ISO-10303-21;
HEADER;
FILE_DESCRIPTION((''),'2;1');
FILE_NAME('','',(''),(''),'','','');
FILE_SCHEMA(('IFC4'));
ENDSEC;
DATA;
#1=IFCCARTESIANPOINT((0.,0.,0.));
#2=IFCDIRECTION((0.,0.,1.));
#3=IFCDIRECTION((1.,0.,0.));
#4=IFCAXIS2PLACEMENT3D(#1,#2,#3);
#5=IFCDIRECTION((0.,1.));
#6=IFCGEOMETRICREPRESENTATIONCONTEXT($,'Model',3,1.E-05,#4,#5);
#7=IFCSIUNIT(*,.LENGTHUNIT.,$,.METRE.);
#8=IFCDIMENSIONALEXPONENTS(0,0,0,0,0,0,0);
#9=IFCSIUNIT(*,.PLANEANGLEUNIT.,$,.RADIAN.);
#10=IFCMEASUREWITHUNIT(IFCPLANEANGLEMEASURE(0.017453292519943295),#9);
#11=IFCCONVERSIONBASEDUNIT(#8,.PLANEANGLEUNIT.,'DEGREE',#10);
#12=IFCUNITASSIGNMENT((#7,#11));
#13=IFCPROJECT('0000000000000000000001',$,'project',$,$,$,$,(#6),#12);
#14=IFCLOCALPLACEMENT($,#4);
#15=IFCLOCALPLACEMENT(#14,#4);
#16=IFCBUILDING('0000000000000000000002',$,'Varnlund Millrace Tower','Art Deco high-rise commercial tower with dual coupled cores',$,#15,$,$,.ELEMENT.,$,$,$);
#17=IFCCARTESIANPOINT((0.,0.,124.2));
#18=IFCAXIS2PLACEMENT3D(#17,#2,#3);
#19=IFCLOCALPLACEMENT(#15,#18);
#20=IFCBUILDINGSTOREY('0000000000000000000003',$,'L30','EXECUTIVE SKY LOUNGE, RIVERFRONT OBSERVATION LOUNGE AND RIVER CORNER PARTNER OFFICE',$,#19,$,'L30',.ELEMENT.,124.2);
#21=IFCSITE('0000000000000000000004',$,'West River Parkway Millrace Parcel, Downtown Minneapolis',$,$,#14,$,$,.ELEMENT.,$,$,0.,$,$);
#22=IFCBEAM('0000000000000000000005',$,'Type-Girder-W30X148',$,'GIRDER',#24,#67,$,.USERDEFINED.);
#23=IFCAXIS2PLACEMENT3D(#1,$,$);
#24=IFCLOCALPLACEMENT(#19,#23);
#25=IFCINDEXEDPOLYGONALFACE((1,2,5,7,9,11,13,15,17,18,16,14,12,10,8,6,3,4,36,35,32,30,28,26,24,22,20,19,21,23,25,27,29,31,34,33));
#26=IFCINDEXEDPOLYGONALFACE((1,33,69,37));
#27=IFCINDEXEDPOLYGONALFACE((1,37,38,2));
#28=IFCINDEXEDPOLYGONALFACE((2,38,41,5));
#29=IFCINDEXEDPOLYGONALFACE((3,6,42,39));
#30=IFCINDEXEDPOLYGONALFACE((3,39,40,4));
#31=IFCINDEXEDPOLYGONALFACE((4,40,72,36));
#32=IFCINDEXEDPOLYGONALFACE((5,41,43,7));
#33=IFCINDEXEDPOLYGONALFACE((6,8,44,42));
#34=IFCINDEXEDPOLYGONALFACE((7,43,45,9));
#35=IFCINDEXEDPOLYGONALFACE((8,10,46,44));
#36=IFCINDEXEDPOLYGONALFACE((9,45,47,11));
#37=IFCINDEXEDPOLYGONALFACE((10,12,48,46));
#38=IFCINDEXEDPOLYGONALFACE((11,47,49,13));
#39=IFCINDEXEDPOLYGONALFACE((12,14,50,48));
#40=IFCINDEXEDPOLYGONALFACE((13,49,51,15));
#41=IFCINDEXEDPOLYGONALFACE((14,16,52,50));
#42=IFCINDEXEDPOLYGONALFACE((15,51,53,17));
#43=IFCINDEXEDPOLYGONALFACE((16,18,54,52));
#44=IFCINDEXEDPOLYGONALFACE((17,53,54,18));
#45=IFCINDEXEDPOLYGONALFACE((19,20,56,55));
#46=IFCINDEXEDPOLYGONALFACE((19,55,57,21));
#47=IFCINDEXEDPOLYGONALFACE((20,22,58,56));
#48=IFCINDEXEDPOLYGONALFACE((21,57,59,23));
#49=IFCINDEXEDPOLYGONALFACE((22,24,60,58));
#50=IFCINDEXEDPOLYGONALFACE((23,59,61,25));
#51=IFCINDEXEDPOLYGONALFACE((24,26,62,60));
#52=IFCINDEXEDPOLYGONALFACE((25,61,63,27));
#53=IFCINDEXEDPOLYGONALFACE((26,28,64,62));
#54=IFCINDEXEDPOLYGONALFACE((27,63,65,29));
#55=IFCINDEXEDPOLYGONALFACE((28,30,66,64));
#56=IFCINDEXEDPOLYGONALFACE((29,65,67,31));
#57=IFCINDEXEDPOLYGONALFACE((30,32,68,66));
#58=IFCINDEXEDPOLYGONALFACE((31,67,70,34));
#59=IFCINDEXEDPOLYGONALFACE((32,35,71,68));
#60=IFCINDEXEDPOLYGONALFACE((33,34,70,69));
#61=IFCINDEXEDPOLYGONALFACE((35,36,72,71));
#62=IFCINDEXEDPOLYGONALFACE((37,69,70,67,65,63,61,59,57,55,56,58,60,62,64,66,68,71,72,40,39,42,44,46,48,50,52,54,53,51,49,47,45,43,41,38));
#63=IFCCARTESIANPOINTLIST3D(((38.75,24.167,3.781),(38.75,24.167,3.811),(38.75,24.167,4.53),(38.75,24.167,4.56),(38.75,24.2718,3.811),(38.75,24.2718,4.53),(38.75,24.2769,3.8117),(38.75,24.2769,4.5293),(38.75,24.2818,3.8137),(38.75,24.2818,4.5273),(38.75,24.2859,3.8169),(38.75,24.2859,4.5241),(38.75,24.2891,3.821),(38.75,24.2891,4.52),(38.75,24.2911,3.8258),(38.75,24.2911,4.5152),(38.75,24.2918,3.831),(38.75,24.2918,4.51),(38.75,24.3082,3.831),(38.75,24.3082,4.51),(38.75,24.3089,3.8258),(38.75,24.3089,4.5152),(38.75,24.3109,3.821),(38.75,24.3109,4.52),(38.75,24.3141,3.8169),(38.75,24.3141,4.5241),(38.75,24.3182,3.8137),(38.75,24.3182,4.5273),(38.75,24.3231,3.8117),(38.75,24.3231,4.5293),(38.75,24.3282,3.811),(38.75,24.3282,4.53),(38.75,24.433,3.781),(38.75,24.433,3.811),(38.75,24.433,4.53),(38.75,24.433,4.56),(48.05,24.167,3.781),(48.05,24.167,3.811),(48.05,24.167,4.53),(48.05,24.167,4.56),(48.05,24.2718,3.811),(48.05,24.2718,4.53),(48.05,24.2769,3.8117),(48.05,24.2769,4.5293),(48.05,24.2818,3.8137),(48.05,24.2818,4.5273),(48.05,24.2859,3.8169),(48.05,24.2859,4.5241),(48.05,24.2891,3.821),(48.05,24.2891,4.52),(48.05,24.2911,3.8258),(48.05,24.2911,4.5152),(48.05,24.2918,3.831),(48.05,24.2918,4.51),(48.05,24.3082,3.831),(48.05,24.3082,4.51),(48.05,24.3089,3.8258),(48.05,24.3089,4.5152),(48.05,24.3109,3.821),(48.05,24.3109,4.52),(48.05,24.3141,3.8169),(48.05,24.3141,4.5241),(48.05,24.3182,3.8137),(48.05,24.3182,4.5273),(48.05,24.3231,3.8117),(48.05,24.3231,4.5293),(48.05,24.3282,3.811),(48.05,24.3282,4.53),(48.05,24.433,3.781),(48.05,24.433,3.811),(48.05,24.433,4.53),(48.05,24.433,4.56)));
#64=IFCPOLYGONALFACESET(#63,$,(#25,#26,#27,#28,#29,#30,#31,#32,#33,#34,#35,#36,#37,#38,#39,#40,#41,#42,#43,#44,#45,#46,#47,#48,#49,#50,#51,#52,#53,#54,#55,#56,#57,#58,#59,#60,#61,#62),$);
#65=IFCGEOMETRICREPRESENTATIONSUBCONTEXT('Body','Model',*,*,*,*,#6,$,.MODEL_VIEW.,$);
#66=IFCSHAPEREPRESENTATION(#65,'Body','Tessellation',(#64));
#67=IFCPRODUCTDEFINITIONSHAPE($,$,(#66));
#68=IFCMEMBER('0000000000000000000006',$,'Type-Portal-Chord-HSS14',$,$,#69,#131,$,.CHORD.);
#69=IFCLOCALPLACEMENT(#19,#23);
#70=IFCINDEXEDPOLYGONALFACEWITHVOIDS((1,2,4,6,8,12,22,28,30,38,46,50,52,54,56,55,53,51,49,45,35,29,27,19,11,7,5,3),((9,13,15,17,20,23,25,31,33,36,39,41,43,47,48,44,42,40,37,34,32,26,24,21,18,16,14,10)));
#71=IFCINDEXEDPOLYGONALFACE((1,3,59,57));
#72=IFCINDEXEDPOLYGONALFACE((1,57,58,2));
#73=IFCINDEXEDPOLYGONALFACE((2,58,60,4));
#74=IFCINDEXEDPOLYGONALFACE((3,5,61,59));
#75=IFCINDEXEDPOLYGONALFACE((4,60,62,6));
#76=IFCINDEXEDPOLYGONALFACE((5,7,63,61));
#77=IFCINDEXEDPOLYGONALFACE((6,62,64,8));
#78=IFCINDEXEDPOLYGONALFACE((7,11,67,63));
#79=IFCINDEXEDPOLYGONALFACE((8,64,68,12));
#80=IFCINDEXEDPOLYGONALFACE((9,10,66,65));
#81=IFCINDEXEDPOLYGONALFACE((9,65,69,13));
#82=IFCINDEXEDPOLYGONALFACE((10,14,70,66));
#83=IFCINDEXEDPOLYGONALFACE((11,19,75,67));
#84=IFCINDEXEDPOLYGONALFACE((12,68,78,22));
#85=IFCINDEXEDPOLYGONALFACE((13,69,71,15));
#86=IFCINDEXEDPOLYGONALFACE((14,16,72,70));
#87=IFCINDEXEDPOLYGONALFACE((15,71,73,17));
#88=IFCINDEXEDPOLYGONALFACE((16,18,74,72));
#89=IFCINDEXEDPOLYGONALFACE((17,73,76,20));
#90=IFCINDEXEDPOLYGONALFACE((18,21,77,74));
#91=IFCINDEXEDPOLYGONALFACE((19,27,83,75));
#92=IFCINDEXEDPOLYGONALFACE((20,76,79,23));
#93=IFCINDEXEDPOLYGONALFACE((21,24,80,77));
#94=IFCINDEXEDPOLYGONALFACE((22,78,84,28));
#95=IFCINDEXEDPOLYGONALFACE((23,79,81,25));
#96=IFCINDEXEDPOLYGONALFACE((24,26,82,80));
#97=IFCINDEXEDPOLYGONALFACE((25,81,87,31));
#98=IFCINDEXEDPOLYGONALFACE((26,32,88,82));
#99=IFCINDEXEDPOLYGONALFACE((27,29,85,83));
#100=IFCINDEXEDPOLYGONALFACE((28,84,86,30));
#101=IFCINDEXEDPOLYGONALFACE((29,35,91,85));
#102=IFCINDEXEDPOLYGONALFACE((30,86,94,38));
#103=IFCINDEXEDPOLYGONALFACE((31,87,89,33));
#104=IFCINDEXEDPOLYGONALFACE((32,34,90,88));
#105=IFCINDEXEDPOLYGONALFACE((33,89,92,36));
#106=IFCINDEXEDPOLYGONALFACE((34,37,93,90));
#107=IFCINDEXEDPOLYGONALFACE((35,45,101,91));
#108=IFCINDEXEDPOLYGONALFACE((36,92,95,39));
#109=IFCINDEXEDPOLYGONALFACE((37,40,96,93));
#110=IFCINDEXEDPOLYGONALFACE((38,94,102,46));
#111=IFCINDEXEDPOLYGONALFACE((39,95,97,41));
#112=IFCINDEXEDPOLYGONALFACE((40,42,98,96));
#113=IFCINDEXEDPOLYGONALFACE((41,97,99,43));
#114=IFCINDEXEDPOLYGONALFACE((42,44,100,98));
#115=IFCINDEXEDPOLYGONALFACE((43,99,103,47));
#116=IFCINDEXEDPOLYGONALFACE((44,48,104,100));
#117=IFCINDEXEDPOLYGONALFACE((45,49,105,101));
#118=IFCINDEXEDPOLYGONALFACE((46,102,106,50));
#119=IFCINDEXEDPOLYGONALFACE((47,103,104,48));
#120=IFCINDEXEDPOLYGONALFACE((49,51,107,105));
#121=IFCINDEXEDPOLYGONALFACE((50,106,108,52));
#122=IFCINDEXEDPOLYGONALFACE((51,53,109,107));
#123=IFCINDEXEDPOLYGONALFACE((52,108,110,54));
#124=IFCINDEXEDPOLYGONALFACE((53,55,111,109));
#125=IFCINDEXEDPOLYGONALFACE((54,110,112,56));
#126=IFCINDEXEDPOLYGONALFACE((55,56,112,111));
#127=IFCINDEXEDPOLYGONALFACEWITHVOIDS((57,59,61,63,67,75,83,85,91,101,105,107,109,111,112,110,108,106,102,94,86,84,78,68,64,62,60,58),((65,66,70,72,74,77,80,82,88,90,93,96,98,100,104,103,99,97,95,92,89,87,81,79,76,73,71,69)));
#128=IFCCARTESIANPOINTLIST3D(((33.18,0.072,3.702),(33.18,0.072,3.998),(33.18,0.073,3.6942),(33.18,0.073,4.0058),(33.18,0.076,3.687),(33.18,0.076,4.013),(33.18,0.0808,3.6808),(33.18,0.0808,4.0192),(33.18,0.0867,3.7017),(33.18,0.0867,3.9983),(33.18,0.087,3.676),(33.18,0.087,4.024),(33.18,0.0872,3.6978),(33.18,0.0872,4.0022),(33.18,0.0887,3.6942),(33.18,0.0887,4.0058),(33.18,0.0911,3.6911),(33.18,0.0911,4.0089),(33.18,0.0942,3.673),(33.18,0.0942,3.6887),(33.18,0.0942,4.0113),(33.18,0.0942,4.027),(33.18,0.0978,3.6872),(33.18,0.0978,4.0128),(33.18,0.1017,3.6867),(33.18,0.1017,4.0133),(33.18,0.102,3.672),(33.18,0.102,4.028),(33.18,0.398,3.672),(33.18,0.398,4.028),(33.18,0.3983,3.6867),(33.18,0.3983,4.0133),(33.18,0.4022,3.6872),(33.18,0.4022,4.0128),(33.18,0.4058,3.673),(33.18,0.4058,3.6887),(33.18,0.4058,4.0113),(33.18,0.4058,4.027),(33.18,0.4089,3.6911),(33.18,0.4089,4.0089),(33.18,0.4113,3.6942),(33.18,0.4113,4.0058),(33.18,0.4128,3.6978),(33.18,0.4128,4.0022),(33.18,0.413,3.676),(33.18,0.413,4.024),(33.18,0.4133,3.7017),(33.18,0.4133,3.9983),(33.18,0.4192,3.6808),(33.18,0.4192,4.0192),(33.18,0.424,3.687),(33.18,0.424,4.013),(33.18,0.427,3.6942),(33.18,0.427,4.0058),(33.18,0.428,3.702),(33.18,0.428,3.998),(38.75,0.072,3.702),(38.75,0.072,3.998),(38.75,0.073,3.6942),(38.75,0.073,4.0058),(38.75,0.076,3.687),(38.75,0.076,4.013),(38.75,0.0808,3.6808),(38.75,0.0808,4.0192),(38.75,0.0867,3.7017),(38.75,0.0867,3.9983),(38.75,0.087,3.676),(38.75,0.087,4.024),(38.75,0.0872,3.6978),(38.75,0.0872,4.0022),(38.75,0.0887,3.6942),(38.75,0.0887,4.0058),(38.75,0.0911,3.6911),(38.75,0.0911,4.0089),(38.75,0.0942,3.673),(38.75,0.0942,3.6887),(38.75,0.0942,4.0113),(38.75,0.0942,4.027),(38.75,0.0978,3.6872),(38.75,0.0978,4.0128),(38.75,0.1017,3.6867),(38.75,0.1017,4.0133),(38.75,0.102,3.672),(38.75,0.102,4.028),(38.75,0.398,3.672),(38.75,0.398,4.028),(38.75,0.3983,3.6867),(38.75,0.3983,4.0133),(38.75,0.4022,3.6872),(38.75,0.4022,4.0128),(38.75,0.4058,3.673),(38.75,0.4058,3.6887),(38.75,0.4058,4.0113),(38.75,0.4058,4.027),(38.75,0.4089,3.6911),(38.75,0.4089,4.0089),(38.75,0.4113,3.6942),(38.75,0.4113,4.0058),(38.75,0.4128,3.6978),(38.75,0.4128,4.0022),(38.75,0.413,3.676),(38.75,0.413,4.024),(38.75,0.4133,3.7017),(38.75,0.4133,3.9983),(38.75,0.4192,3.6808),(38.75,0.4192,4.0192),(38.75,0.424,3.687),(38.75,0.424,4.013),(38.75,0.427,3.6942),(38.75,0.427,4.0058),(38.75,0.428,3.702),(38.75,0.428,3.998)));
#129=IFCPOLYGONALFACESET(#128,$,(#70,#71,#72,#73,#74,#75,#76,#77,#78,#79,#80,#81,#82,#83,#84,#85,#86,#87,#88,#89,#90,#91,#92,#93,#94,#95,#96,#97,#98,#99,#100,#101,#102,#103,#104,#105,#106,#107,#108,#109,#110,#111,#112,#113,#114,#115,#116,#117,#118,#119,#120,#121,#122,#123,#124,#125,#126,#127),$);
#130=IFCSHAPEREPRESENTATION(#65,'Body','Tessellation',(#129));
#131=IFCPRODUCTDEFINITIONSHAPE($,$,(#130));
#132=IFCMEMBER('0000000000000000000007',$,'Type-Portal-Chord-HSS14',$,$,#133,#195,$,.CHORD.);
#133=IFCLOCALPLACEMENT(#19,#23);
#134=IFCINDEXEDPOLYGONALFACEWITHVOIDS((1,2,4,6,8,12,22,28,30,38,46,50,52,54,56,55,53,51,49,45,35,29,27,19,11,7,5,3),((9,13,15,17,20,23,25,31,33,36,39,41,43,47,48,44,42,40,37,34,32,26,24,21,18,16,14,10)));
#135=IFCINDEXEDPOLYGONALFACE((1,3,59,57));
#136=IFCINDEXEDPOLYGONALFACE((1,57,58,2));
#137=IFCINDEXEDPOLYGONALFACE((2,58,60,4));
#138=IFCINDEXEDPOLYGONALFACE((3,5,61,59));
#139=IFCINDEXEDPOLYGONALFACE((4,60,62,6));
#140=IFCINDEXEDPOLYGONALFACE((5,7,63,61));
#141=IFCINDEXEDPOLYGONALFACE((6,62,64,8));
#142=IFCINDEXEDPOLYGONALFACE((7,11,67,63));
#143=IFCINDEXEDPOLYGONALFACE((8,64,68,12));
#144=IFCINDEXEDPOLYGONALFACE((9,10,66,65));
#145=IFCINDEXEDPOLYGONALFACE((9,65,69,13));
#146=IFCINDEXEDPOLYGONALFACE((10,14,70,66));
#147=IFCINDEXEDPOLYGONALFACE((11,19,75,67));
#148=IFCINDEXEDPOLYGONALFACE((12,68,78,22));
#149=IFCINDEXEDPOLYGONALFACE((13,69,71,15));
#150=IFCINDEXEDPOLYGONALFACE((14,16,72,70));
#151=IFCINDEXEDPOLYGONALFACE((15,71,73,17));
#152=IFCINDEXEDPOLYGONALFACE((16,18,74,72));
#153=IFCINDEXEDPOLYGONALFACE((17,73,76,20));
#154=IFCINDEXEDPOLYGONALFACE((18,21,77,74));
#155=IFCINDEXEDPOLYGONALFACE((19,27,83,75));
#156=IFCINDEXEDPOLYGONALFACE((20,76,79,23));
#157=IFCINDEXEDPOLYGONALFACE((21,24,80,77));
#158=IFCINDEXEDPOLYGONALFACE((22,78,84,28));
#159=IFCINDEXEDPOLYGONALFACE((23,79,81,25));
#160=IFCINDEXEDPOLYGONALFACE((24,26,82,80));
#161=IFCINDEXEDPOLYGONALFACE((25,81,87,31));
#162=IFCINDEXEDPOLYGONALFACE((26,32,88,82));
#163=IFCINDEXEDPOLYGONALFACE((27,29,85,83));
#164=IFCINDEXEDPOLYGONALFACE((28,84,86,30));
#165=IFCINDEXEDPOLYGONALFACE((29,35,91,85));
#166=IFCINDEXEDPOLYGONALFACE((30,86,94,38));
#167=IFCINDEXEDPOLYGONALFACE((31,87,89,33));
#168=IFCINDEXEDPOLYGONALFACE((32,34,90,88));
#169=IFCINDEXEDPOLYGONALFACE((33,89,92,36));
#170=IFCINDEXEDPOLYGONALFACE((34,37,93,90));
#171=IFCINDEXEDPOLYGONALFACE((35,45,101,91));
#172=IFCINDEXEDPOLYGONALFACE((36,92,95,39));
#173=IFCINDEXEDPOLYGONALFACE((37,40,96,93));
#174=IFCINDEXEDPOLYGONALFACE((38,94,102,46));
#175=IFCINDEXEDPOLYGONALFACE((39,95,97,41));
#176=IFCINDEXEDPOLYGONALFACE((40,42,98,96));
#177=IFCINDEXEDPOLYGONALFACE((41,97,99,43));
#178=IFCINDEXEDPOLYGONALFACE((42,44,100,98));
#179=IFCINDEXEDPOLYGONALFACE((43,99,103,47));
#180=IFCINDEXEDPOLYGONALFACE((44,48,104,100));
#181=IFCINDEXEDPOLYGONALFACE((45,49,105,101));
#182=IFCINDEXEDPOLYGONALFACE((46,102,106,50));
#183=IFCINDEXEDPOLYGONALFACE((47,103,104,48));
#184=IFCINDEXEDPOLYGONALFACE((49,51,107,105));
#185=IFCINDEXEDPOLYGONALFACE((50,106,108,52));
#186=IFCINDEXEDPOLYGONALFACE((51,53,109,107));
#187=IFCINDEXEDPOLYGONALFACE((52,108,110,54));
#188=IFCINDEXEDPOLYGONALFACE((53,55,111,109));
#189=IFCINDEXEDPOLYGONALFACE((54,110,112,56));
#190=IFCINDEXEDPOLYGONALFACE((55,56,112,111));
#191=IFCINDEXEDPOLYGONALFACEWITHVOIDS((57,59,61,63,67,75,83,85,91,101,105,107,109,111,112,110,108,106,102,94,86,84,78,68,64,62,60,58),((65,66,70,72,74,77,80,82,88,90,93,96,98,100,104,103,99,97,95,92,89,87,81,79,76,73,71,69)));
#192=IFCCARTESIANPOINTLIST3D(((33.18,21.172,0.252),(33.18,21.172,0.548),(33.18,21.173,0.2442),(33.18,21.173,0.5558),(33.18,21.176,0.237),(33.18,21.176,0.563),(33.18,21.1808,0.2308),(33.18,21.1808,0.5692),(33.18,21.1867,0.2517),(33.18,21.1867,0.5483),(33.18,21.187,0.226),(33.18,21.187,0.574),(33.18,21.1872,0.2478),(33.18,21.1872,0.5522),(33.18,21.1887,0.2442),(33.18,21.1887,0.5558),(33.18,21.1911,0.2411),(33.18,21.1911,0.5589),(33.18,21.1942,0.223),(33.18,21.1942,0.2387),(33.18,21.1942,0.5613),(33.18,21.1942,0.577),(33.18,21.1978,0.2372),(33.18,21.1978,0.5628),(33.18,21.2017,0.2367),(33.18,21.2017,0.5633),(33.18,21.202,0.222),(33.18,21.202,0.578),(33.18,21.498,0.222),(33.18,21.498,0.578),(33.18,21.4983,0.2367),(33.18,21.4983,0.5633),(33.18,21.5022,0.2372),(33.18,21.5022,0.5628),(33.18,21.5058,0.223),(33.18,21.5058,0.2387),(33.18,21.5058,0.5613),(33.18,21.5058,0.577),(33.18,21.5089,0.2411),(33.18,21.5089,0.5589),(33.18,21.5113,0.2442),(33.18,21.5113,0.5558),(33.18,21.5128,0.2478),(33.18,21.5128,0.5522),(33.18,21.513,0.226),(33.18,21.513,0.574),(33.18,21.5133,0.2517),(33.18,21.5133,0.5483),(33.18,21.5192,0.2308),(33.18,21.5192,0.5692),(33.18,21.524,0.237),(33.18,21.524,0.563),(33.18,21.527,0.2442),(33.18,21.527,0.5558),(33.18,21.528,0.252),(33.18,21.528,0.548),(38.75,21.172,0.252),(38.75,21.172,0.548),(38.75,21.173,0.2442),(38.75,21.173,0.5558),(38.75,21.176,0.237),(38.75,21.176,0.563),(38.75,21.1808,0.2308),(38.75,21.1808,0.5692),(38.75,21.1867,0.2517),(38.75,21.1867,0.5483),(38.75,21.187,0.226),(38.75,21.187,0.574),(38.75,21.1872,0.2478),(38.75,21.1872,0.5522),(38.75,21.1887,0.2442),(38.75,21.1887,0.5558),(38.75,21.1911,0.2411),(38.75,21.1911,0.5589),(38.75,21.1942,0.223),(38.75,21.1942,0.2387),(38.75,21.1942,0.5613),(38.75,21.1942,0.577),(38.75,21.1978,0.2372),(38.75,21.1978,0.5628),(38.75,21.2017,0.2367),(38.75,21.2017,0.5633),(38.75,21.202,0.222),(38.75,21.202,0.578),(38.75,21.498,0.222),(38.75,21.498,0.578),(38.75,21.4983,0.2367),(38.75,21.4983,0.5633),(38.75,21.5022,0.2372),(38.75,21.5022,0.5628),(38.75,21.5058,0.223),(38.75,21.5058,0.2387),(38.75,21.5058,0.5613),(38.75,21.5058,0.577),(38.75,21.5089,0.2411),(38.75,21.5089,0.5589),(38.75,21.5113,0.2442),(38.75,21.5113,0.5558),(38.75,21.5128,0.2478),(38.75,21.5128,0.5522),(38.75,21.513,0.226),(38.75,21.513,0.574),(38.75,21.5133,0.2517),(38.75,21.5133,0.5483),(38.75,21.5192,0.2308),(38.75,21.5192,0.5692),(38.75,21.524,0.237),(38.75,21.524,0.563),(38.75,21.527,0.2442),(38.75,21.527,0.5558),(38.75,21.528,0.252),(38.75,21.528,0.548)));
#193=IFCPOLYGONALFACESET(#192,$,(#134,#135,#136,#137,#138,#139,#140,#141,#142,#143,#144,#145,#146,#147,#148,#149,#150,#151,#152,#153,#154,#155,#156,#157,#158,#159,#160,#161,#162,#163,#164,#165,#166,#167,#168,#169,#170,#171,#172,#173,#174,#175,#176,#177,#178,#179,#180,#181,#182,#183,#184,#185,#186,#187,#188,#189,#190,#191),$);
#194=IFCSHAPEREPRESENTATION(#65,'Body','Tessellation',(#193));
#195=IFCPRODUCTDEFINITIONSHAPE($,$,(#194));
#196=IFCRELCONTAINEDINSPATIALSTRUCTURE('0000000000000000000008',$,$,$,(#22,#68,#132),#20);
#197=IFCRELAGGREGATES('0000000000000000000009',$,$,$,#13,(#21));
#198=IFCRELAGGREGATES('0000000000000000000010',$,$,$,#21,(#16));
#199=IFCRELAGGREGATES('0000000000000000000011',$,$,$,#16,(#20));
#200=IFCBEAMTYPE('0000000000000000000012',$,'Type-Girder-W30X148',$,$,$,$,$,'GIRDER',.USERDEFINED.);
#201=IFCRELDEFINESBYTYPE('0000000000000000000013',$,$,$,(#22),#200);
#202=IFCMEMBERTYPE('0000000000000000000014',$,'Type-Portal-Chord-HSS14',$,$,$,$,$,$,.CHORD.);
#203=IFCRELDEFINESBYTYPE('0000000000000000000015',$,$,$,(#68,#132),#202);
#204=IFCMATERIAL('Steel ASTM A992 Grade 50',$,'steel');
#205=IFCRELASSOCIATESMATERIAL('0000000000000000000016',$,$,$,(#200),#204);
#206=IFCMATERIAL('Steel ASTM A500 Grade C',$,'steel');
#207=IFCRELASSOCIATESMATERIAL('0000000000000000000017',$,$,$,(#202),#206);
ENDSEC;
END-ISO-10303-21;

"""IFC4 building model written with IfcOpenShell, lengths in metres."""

from ifc_helpers import new_model, entity, si_unit, converted_unit, direction, frame, origin_with_axes, origin_2d_with_axis, place, context, subcontext, project, spatial, hollow_rectangle, i_section, extrude, material, material_profile, profile_set, type_object, element, save


model = new_model("IFC4")

# Units and contexts
model_context = context("Model", 3, precision=1e-05, world=origin_with_axes(), true_north=direction((0.0, 1.0)))
body_context = subcontext(model_context, "Body", "Model", "MODEL_VIEW")
ifc_project = project(units=[si_unit("LENGTHUNIT", "METRE"), converted_unit("PLANEANGLEUNIT", "DEGREE", entity("IfcPlaneAngleMeasure", 0.017453292519943295), si_unit("PLANEANGLEUNIT", "RADIAN"), dimensions=[0, 0, 0, 0, 0, 0, 0])], contexts=[model_context])

# Site, building, storey
site_placement = place(None, origin_with_axes())
site = spatial("IfcSite", under=ifc_project, at=site_placement, Name="West River Parkway Millrace Parcel, Downtown Minneapolis", CompositionType="ELEMENT", RefElevation=0.0)
building_placement = place(site_placement, origin_with_axes())
building = spatial("IfcBuilding", under=site, at=building_placement, Name="Varnlund Millrace Tower", Description="Art Deco high-rise commercial tower with dual coupled cores", CompositionType="ELEMENT")
storey_placement = place(building_placement, frame((0.0, 0.0, 124.2), z_axis=(0.0, 0.0, 1.0), x_axis=(1.0, 0.0, 0.0)))
storey = spatial("IfcBuildingStorey", under=building, at=storey_placement, Name="L30", Description="EXECUTIVE SKY LOUNGE, RIVERFRONT OBSERVATION LOUNGE AND RIVER CORNER PARTNER OFFICE", LongName="L30", CompositionType="ELEMENT", Elevation=124.2)

# Beam
ifc_material_1 = material(Name="Steel ASTM A992 Grade 50", Category="steel")
ifc_material_profile_1 = material_profile(ifc_material_1, i_section(OverallWidth=0.266, OverallDepth=0.779, WebThickness=0.0165, FlangeThickness=0.03, FilletRadius=0.02, at=origin_2d_with_axis()), Name="Steel ASTM A992 Grade 50")
ifc_profile_set_1 = profile_set([ifc_material_profile_1], Name="Steel ASTM A992 Grade 50")
beam_type_1 = type_object("IfcBeamType", Name="Type-Girder-W30X148", ElementType="GIRDER", PredefinedType="USERDEFINED", material=ifc_profile_set_1)
beam_1_placement = place(storey_placement, frame((38.75, 24.3, 4.1705), z_axis=(1.0, 0.0, 0.0), x_axis=(0.0, 1.0, 0.0)))
element("IfcBeam", 1, at=beam_1_placement, inside=storey, type_object=beam_type_1, Name="Type-Girder-W30X148", ObjectType="GIRDER", PredefinedType="USERDEFINED", context=body_context, shape_type="SweptSolid", body=[
    extrude(i_section(OverallWidth=0.266, OverallDepth=0.779, WebThickness=0.0165, FlangeThickness=0.03, FilletRadius=0.02, at=origin_2d_with_axis()), origin_with_axes(), (0.0, 0.0, 1.0), 9.3),
])

# Members
ifc_material_2 = material(Name="Steel ASTM A500 Grade C", Category="steel")
ifc_material_profile_2 = material_profile(ifc_material_2, hollow_rectangle(XDim=0.356, YDim=0.356, WallThickness=0.0147, InnerFilletRadius=0.015, OuterFilletRadius=0.03, at=origin_2d_with_axis()), Name="Steel ASTM A500 Grade C")
ifc_profile_set_2 = profile_set([ifc_material_profile_2], Name="Steel ASTM A500 Grade C")
member_type_1 = type_object("IfcMemberType", Name="Type-Portal-Chord-HSS14", PredefinedType="CHORD", material=ifc_profile_set_2)
for number, where, z_axis, x_axis, name in (
    (2, (33.18, 0.25, 3.85), (1.0, 0.0, 0.0), (0.0, 1.0, 0.0), "Type-Portal-Chord-HSS14"),
    (3, (33.18, 21.35, 0.4), (1.0, 0.0, 0.0), (0.0, 1.0, 0.0), "Type-Portal-Chord-HSS14"),
):
    element("IfcMember", number, at=place(storey_placement, frame(where, z_axis=z_axis, x_axis=x_axis)), inside=storey, type_object=member_type_1, Name=name, PredefinedType="CHORD", context=body_context, shape_type="SweptSolid", body=[
        extrude(hollow_rectangle(XDim=0.356, YDim=0.356, WallThickness=0.0147, InnerFilletRadius=0.015, OuterFilletRadius=0.03, at=origin_2d_with_axis()), origin_with_axes(), (0.0, 0.0, 1.0), 5.57),
    ])

save(model, "model.ifc")
